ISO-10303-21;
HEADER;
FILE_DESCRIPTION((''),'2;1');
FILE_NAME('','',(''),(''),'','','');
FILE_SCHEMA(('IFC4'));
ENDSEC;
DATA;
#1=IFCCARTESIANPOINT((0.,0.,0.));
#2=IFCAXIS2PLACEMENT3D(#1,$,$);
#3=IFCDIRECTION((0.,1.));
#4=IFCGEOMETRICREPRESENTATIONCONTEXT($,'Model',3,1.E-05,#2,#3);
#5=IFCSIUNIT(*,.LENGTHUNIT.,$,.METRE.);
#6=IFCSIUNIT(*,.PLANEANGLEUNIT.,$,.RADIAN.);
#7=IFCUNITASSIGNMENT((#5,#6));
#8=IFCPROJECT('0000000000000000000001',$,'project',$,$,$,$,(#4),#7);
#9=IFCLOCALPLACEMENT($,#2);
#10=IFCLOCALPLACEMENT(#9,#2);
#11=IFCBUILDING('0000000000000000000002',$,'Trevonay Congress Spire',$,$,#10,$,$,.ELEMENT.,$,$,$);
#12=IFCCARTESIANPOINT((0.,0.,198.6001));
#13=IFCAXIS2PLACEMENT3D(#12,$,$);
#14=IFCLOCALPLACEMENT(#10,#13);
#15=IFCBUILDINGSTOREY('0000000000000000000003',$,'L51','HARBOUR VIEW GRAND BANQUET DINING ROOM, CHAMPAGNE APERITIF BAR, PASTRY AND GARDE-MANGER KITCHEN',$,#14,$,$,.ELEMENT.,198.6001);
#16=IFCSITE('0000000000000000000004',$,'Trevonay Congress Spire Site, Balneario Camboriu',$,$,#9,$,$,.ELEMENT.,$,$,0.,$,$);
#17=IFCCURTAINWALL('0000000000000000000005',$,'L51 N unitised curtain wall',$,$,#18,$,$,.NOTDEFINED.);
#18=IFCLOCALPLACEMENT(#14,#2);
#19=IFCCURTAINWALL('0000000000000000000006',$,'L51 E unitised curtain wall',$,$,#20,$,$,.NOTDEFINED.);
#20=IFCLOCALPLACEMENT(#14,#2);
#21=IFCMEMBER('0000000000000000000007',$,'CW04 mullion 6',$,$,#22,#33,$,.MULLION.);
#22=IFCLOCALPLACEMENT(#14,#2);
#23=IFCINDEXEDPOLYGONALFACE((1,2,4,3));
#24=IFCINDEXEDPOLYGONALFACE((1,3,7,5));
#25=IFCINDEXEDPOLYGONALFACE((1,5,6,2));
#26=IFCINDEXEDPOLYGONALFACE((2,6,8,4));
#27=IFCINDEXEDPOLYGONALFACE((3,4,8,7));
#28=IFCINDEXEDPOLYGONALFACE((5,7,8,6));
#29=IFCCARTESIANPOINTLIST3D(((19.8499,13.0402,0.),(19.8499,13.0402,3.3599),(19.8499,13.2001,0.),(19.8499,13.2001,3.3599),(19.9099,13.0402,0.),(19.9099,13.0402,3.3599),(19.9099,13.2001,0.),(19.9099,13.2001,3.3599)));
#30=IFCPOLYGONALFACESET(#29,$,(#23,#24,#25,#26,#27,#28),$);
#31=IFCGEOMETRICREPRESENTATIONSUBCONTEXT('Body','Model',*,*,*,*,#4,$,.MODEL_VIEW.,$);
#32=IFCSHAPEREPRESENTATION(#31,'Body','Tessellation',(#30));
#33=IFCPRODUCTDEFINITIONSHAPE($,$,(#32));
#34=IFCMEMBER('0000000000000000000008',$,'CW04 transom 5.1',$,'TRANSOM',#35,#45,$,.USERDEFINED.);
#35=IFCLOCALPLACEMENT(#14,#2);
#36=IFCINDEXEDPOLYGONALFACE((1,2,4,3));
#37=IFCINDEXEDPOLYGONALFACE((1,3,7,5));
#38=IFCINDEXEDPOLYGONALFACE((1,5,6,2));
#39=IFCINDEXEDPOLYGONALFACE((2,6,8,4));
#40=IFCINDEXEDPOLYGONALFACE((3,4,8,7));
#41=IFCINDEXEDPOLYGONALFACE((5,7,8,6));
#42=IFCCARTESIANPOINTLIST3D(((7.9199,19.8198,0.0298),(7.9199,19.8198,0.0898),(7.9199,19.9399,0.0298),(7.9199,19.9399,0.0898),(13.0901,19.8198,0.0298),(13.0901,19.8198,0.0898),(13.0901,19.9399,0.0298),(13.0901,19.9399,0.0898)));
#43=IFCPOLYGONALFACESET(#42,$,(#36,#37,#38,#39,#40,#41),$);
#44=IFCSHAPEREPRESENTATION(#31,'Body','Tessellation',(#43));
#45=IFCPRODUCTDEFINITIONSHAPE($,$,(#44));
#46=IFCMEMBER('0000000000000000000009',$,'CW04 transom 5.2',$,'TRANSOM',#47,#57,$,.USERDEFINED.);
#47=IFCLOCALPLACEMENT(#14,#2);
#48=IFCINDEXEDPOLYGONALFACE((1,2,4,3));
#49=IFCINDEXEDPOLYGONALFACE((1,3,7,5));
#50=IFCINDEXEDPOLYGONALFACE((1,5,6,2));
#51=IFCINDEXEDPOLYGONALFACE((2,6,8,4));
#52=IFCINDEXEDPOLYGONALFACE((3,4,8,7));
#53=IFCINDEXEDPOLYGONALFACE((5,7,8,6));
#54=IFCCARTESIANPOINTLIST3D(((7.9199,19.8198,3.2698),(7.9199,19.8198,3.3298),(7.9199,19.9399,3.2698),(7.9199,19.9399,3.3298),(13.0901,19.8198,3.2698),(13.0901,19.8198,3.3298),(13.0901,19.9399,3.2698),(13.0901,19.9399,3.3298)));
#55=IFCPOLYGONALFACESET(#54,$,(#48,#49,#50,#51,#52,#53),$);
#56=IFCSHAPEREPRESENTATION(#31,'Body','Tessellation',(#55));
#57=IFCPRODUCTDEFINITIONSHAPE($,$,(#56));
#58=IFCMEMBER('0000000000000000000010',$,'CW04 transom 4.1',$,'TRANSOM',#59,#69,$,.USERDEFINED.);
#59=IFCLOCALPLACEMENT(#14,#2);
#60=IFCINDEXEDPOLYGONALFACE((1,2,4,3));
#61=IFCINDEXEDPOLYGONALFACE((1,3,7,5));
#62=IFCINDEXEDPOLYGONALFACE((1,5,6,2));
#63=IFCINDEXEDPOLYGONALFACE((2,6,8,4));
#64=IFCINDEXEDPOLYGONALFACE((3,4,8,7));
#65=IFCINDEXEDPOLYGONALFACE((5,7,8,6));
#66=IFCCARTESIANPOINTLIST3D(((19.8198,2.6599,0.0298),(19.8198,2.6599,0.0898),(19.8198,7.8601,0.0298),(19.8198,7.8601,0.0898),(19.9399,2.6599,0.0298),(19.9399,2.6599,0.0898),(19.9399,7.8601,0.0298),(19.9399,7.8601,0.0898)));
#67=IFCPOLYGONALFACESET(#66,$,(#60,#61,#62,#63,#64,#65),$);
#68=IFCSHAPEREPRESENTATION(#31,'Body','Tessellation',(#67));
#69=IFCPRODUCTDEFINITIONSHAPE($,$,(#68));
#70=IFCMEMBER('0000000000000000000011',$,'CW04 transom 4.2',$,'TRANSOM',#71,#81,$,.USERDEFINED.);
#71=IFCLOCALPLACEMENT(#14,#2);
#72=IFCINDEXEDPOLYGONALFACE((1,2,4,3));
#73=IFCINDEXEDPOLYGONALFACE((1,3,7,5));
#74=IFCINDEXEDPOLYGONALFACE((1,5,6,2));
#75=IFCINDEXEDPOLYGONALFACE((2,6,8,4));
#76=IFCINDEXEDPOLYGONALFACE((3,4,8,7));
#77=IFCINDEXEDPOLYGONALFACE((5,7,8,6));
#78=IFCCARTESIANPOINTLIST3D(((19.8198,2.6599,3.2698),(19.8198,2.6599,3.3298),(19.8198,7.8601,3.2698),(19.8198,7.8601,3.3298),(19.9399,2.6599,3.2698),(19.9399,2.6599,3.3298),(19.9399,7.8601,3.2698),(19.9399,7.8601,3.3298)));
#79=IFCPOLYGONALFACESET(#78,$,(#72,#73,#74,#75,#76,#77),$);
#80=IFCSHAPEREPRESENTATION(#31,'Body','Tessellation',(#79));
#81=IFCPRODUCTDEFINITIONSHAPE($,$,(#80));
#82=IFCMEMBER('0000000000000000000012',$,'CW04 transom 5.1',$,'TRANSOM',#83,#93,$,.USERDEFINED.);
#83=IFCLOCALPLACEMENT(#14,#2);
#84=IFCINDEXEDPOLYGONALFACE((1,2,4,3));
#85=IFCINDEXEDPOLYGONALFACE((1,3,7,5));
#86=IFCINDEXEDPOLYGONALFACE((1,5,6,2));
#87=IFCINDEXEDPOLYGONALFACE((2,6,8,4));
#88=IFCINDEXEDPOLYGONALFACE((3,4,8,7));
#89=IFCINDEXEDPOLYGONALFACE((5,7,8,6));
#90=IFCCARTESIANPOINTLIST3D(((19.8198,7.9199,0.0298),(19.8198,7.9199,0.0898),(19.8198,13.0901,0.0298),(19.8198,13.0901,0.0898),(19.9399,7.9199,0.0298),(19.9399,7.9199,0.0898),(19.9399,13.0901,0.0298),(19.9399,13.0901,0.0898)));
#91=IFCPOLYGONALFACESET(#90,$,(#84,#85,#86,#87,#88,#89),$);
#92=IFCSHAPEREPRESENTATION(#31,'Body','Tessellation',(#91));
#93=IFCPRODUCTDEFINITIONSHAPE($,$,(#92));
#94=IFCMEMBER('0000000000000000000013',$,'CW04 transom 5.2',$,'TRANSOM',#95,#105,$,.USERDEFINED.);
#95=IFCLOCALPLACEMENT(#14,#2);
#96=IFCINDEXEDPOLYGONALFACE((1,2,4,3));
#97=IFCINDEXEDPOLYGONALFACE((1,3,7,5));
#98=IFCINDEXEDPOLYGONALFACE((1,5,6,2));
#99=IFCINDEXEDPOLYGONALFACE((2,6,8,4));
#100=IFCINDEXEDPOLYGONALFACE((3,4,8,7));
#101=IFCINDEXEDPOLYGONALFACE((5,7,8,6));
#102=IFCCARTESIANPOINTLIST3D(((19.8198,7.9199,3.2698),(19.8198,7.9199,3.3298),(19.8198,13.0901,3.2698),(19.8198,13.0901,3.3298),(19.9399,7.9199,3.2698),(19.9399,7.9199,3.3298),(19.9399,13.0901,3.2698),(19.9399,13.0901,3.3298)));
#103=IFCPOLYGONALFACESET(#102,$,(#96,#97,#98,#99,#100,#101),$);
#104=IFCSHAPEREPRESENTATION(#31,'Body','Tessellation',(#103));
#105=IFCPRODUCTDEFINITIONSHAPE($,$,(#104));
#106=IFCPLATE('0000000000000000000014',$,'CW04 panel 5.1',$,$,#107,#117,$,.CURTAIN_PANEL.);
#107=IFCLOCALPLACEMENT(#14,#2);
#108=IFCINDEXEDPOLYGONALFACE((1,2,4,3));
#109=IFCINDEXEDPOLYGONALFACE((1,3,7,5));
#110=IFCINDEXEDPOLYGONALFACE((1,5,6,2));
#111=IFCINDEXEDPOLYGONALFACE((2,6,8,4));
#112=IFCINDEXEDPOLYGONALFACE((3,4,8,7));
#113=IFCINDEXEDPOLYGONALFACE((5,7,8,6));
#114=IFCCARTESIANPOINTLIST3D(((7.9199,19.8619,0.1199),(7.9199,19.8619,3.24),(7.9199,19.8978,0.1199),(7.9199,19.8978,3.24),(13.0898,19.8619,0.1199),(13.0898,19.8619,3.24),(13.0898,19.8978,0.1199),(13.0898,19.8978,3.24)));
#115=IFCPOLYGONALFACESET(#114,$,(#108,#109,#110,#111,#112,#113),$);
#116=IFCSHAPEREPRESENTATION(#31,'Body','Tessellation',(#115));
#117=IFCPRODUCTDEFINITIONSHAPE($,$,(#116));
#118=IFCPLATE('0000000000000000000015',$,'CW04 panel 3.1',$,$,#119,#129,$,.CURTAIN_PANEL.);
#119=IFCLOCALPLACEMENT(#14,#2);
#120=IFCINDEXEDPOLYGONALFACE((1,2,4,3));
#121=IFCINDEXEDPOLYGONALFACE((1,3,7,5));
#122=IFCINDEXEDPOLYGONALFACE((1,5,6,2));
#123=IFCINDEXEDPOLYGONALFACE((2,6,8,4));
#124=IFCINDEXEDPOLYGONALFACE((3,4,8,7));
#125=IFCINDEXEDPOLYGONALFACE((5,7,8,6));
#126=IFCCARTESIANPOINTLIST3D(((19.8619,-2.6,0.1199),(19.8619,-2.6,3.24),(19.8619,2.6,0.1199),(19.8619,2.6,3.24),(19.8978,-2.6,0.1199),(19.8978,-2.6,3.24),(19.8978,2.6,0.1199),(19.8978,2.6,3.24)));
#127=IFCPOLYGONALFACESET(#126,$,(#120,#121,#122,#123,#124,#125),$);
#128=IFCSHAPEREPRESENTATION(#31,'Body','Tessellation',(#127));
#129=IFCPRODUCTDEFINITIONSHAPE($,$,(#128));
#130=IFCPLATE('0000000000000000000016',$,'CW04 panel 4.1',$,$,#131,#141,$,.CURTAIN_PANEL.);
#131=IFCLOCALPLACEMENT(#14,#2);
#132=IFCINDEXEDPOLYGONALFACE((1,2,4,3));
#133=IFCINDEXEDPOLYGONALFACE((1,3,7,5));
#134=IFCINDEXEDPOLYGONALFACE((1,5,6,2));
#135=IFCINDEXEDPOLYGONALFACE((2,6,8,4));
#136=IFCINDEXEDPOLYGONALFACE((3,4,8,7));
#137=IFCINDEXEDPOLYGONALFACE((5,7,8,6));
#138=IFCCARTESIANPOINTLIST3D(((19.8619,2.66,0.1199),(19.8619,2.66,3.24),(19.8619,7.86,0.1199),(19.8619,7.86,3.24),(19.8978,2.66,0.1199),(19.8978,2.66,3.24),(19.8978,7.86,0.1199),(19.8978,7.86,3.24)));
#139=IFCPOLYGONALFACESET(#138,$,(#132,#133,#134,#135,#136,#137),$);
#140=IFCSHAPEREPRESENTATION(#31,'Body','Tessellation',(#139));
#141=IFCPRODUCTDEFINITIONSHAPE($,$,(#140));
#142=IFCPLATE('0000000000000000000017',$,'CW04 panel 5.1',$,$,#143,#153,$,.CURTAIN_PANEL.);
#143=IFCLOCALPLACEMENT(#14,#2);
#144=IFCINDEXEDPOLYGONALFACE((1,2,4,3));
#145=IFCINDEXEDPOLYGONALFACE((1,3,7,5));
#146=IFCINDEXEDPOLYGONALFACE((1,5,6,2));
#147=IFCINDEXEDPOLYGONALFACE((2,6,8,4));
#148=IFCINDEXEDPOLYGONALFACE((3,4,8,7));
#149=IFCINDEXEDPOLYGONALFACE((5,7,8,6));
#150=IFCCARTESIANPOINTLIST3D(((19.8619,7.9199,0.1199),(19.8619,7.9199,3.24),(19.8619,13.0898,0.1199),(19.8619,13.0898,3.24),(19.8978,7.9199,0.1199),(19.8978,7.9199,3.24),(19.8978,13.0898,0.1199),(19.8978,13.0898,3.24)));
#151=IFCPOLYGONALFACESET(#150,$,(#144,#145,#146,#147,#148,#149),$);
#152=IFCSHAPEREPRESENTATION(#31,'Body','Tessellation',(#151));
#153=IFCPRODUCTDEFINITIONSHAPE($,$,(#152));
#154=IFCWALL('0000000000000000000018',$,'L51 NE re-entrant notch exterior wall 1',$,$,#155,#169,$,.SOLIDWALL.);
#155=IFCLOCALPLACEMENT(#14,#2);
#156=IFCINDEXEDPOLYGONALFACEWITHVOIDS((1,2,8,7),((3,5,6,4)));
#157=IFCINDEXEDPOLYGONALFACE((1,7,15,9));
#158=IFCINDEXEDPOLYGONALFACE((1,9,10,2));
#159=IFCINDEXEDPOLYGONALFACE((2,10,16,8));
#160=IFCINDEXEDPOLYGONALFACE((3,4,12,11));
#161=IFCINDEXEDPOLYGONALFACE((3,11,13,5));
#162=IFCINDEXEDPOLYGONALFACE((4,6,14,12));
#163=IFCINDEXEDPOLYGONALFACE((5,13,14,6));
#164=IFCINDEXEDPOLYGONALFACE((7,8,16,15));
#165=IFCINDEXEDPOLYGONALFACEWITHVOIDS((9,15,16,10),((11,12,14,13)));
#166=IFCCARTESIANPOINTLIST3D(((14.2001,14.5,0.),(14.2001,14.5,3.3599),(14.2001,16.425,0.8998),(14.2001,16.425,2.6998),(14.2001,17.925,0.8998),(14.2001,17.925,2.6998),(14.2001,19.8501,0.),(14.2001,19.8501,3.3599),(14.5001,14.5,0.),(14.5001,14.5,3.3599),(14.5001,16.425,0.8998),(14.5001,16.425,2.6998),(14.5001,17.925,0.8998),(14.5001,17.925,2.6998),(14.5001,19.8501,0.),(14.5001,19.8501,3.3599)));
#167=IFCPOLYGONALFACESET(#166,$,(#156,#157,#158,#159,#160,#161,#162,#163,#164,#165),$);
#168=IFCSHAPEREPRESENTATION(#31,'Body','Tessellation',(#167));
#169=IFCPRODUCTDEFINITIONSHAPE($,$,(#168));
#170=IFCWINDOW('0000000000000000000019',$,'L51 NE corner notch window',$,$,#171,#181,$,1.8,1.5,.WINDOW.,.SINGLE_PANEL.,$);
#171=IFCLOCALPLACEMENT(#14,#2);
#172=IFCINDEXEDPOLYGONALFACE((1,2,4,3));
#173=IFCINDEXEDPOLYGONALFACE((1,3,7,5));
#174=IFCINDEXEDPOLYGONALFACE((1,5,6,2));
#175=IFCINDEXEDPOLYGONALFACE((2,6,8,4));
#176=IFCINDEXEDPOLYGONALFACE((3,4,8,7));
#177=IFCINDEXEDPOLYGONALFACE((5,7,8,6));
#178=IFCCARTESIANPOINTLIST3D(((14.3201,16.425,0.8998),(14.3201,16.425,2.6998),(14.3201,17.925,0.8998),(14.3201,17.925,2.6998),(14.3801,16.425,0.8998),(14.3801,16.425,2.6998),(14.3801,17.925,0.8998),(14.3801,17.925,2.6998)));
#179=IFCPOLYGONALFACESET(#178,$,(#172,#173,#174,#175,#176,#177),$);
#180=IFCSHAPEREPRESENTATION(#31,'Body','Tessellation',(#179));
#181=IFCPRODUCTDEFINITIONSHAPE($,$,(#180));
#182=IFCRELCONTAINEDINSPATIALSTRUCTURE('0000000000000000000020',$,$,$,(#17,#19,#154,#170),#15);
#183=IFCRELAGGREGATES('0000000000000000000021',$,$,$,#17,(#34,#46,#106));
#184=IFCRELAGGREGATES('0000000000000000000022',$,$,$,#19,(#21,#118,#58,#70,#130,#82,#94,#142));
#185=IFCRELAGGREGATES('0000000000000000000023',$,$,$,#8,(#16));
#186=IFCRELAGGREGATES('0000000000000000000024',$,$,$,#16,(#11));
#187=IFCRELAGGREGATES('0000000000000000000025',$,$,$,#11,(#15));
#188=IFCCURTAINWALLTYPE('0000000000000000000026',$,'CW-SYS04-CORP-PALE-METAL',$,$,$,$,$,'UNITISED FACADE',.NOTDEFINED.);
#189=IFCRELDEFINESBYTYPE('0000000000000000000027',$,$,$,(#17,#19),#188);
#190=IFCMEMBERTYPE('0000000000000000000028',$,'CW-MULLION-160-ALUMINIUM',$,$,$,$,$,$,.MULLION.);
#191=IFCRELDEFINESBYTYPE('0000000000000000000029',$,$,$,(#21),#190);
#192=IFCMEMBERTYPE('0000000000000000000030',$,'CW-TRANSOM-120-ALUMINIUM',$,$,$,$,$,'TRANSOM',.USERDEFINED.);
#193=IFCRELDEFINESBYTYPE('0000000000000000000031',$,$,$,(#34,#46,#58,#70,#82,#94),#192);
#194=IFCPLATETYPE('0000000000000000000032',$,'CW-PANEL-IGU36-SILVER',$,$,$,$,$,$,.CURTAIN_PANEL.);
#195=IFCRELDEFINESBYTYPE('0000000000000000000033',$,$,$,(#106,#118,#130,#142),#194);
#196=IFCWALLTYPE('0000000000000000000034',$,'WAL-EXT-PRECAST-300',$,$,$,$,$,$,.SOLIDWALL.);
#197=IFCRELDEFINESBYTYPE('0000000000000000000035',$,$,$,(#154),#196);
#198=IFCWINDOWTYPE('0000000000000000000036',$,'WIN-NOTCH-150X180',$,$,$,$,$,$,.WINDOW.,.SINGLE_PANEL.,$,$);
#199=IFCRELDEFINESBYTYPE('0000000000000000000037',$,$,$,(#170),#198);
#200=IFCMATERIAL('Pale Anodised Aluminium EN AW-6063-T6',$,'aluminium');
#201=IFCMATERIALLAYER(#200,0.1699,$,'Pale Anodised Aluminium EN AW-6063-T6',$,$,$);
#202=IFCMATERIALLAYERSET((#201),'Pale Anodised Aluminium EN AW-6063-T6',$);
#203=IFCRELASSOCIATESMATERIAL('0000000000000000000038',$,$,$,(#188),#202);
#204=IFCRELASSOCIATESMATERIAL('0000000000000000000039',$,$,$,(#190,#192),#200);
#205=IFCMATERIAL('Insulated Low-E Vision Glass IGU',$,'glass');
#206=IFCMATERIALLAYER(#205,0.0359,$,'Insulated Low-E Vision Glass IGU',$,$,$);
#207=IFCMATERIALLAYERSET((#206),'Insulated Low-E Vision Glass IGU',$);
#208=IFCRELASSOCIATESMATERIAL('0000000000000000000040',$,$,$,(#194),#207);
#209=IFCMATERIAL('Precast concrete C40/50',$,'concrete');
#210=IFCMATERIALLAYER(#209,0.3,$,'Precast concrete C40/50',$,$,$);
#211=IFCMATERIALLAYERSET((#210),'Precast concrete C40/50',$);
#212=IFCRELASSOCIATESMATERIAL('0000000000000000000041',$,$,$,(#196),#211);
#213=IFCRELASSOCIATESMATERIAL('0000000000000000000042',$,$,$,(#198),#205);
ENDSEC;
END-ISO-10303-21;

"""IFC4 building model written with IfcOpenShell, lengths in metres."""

from ifc_helpers import new_model, si_unit, direction, frame, frame_2d, origin, origin_2d, place, context, subcontext, project, spatial, rectangle, extrude, material, layer, layer_set, material_profile, profile_set, type_object, element, fill, aggregate, save


model = new_model("IFC4")

# Units and contexts
model_context = context("Model", 3, precision=1e-05, world=origin(), true_north=direction((0.0, 1.0)))
body_context = subcontext(model_context, "Body", "Model", "MODEL_VIEW")
ifc_project = project(units=[si_unit("LENGTHUNIT", "METRE"), si_unit("PLANEANGLEUNIT", "RADIAN")], contexts=[model_context])

# Site, building, storey
site_placement = place(None, origin())
site = spatial("IfcSite", under=ifc_project, at=site_placement, Name="Trevonay Congress Spire Site, Balneario Camboriu", CompositionType="ELEMENT", RefElevation=0.0)
building_placement = place(site_placement, origin())
building = spatial("IfcBuilding", under=site, at=building_placement, Name="Trevonay Congress Spire", CompositionType="ELEMENT")
storey_placement = place(building_placement, frame((0.0, 0.0, 198.6001)))
storey = spatial("IfcBuildingStorey", under=building, at=storey_placement, Name="L51", Description="HARBOUR VIEW GRAND BANQUET DINING ROOM, CHAMPAGNE APERITIF BAR, PASTRY AND GARDE-MANGER KITCHEN", CompositionType="ELEMENT", Elevation=198.6001)

# Curtain walls, member
ifc_material_1 = material(Name="Pale Anodised Aluminium EN AW-6063-T6", Category="aluminium")
ifc_layer_1 = layer(ifc_material_1, 0.1699, Name="Pale Anodised Aluminium EN AW-6063-T6")
ifc_layer_set_1 = layer_set([ifc_layer_1], Name="Pale Anodised Aluminium EN AW-6063-T6")
curtain_wall_type = type_object("IfcCurtainWallType", Name="CW-SYS04-CORP-PALE-METAL", ElementType="UNITISED FACADE", PredefinedType="NOTDEFINED", material=ifc_layer_set_1)
curtain_wall_1_placement = place(storey_placement, origin())
curtain_wall_1 = element("IfcCurtainWall", 1, at=curtain_wall_1_placement, inside=storey, type_object=curtain_wall_type, Name="L51 N unitised curtain wall", PredefinedType="NOTDEFINED")
ifc_material_profile_1 = material_profile(ifc_material_1, rectangle(XDim=0.0601, YDim=0.1599, at=origin_2d()), Name="CW-MULLION-160-ALUMINIUM")
ifc_profile_set_1 = profile_set([ifc_material_profile_1], Name="Pale Anodised Aluminium EN AW-6063-T6")
member_type_1 = type_object("IfcMemberType", Name="CW-MULLION-160-ALUMINIUM", PredefinedType="MULLION", material=ifc_profile_set_1)
curtain_wall_2_placement = place(storey_placement, origin())
curtain_wall_2 = element("IfcCurtainWall", 2, at=curtain_wall_2_placement, inside=storey, type_object=curtain_wall_type, Name="L51 E unitised curtain wall", PredefinedType="NOTDEFINED")
member_1_placement = place(storey_placement, frame((19.8799, 13.1201, 0.0), z_axis=(0.0, 0.0, 1.0), x_axis=(-1.0, 0.0, 0.0)))
member_1 = element("IfcMember", 3, at=member_1_placement, type_object=member_type_1, Name="CW04 mullion 6", PredefinedType="MULLION", context=body_context, shape_type="SweptSolid", body=[
    extrude(rectangle(XDim=0.0601, YDim=0.1599, at=origin_2d()), origin(), (0.0, 0.0, 1.0), 3.3599),
])

# Members
ifc_material_profile_2 = material_profile(ifc_material_1, rectangle(XDim=0.1201, YDim=0.0601, at=origin_2d()), Name="CW-TRANSOM-120-ALUMINIUM")
ifc_profile_set_2 = profile_set([ifc_material_profile_2], Name="Pale Anodised Aluminium EN AW-6063-T6")
member_type_2 = type_object("IfcMemberType", Name="CW-TRANSOM-120-ALUMINIUM", ElementType="TRANSOM", PredefinedType="USERDEFINED", material=ifc_profile_set_2)
member_2_placement = place(storey_placement, frame((7.9199, 19.8799, 0.0598), z_axis=(1.0, 0.0, 0.0), x_axis=(0.0, 1.0, 0.0)))
member_2 = element("IfcMember", 4, at=member_2_placement, type_object=member_type_2, Name="CW04 transom 5.1", ObjectType="TRANSOM", PredefinedType="USERDEFINED", context=body_context, shape_type="SweptSolid", body=[
    extrude(rectangle(XDim=0.1201, YDim=0.0601, at=origin_2d()), origin(), (0.0, 0.0, 1.0), 5.1702),
])
member_3_placement = place(storey_placement, frame((7.9199, 19.8799, 3.2998), z_axis=(1.0, 0.0, 0.0), x_axis=(0.0, 1.0, 0.0)))
member_3 = element("IfcMember", 5, at=member_3_placement, type_object=member_type_2, Name="CW04 transom 5.2", ObjectType="TRANSOM", PredefinedType="USERDEFINED", context=body_context, shape_type="SweptSolid", body=[
    extrude(rectangle(XDim=0.1201, YDim=0.0601, at=origin_2d()), origin(), (0.0, 0.0, 1.0), 5.1702),
])
member_4_placement = place(storey_placement, frame((19.8799, 2.6599, 0.0598), z_axis=(0.0, 1.0, 0.0), x_axis=(-1.0, 0.0, 0.0)))
member_4 = element("IfcMember", 6, at=member_4_placement, type_object=member_type_2, Name="CW04 transom 4.1", ObjectType="TRANSOM", PredefinedType="USERDEFINED", context=body_context, shape_type="SweptSolid", body=[
    extrude(rectangle(XDim=0.1201, YDim=0.0601, at=origin_2d()), origin(), (0.0, 0.0, 1.0), 5.2002),
])
member_5_placement = place(storey_placement, frame((19.8799, 2.6599, 3.2998), z_axis=(0.0, 1.0, 0.0), x_axis=(-1.0, 0.0, 0.0)))
member_5 = element("IfcMember", 7, at=member_5_placement, type_object=member_type_2, Name="CW04 transom 4.2", ObjectType="TRANSOM", PredefinedType="USERDEFINED", context=body_context, shape_type="SweptSolid", body=[
    extrude(rectangle(XDim=0.1201, YDim=0.0601, at=origin_2d()), origin(), (0.0, 0.0, 1.0), 5.2002),
])
member_6_placement = place(storey_placement, frame((19.8799, 7.9199, 0.0598), z_axis=(0.0, 1.0, 0.0), x_axis=(-1.0, 0.0, 0.0)))
member_6 = element("IfcMember", 8, at=member_6_placement, type_object=member_type_2, Name="CW04 transom 5.1", ObjectType="TRANSOM", PredefinedType="USERDEFINED", context=body_context, shape_type="SweptSolid", body=[
    extrude(rectangle(XDim=0.1201, YDim=0.0601, at=origin_2d()), origin(), (0.0, 0.0, 1.0), 5.1702),
])
member_7_placement = place(storey_placement, frame((19.8799, 7.9199, 3.2998), z_axis=(0.0, 1.0, 0.0), x_axis=(-1.0, 0.0, 0.0)))
member_7 = element("IfcMember", 9, at=member_7_placement, type_object=member_type_2, Name="CW04 transom 5.2", ObjectType="TRANSOM", PredefinedType="USERDEFINED", context=body_context, shape_type="SweptSolid", body=[
    extrude(rectangle(XDim=0.1201, YDim=0.0601, at=origin_2d()), origin(), (0.0, 0.0, 1.0), 5.1702),
])

# Plates
ifc_material_2 = material(Name="Insulated Low-E Vision Glass IGU", Category="glass")
ifc_layer_2 = layer(ifc_material_2, 0.0359, Name="Insulated Low-E Vision Glass IGU")
ifc_layer_set_2 = layer_set([ifc_layer_2], Name="Insulated Low-E Vision Glass IGU")
plate_type = type_object("IfcPlateType", Name="CW-PANEL-IGU36-SILVER", PredefinedType="CURTAIN_PANEL", material=ifc_layer_set_2)
plate_1_placement = place(storey_placement, frame((10.5049, 19.8799, 0.1199), z_axis=(0.0, 0.0, 1.0), x_axis=(1.0, 0.0, 0.0)))
plate_1 = element("IfcPlate", 10, at=plate_1_placement, type_object=plate_type, Name="CW04 panel 5.1", PredefinedType="CURTAIN_PANEL", context=body_context, shape_type="SweptSolid", body=[
    extrude(rectangle(XDim=5.1699, YDim=0.0359, at=origin_2d()), origin(), (0.0, 0.0, 1.0), 3.1201),
])
aggregate(curtain_wall_1, [member_2, member_3, plate_1])
plate_2_placement = place(storey_placement, frame((19.8799, 0.0, 0.1199), z_axis=(0.0, 0.0, 1.0), x_axis=(0.0, 1.0, 0.0)))
plate_2 = element("IfcPlate", 11, at=plate_2_placement, type_object=plate_type, Name="CW04 panel 3.1", PredefinedType="CURTAIN_PANEL", context=body_context, shape_type="SweptSolid", body=[
    extrude(rectangle(XDim=5.2, YDim=0.0359, at=origin_2d()), origin(), (0.0, 0.0, 1.0), 3.1201),
])
plate_3_placement = place(storey_placement, frame((19.8799, 5.26, 0.1199), z_axis=(0.0, 0.0, 1.0), x_axis=(0.0, 1.0, 0.0)))
plate_3 = element("IfcPlate", 12, at=plate_3_placement, type_object=plate_type, Name="CW04 panel 4.1", PredefinedType="CURTAIN_PANEL", context=body_context, shape_type="SweptSolid", body=[
    extrude(rectangle(XDim=5.2, YDim=0.0359, at=origin_2d()), origin(), (0.0, 0.0, 1.0), 3.1201),
])
plate_4_placement = place(storey_placement, frame((19.8799, 10.5049, 0.1199), z_axis=(0.0, 0.0, 1.0), x_axis=(0.0, 1.0, 0.0)))
plate_4 = element("IfcPlate", 13, at=plate_4_placement, type_object=plate_type, Name="CW04 panel 5.1", PredefinedType="CURTAIN_PANEL", context=body_context, shape_type="SweptSolid", body=[
    extrude(rectangle(XDim=5.1699, YDim=0.0359, at=origin_2d()), origin(), (0.0, 0.0, 1.0), 3.1201),
])
aggregate(curtain_wall_2, [member_1, plate_2, member_4, member_5, plate_3, member_6, member_7, plate_4])

# Wall, opening, window
ifc_material_3 = material(Name="Precast concrete C40/50", Category="concrete")
ifc_layer_3 = layer(ifc_material_3, 0.3, Name="Precast concrete C40/50")
ifc_layer_set_3 = layer_set([ifc_layer_3], Name="Precast concrete C40/50")
wall_type_1 = type_object("IfcWallType", Name="WAL-EXT-PRECAST-300", PredefinedType="SOLIDWALL", material=ifc_layer_set_3)
wall_1_placement = place(storey_placement, frame((14.3501, 19.8501, 0.0), z_axis=(0.0, 0.0, 1.0), x_axis=(0.0, -1.0, 0.0)))
wall_1 = element("IfcWall", 14, at=wall_1_placement, inside=storey, type_object=wall_type_1, Name="L51 NE re-entrant notch exterior wall 1", PredefinedType="SOLIDWALL", context=body_context, shape_type="SweptSolid", body=[
    extrude(rectangle(XDim=5.3501, YDim=0.3, at=frame_2d((2.675, 0.0))), origin(), (0.0, 0.0, 1.0), 3.3599),
])
opening_placement = place(wall_1_placement, frame((1.925, 0.0, 0.8999)))
opening = element("IfcOpeningElement", 15, at=opening_placement, cuts=wall_1, PredefinedType="OPENING", context=body_context, shape_type="SweptSolid", body=[
    extrude(rectangle(XDim=1.5, YDim=1.8, at=frame_2d((0.75, 0.8999))), frame((0.0, 0.1602, 0.0), z_axis=(0.0, -1.0, 0.0), x_axis=(1.0, 0.0, 0.0)), (0.0, 0.0, 1.0), 0.3201),
])
window_type = type_object("IfcWindowType", Name="WIN-NOTCH-150X180", PartitioningType="SINGLE_PANEL", PredefinedType="WINDOW", material=ifc_material_2)
window_placement = place(opening_placement, origin())
window = element("IfcWindow", 16, at=window_placement, inside=storey, type_object=window_type, Name="L51 NE corner notch window", OverallHeight=1.8, OverallWidth=1.5, PartitioningType="SINGLE_PANEL", PredefinedType="WINDOW", context=body_context, shape_type="SweptSolid", body=[
    extrude(rectangle(XDim=1.5, YDim=1.8, at=frame_2d((0.75, 0.8999))), frame((0.0, 0.03, 0.0), z_axis=(0.0, -1.0, 0.0), x_axis=(1.0, 0.0, 0.0)), (0.0, 0.0, 1.0), 0.0601),
])
fill(opening, window)

save(model, "model.ifc")
